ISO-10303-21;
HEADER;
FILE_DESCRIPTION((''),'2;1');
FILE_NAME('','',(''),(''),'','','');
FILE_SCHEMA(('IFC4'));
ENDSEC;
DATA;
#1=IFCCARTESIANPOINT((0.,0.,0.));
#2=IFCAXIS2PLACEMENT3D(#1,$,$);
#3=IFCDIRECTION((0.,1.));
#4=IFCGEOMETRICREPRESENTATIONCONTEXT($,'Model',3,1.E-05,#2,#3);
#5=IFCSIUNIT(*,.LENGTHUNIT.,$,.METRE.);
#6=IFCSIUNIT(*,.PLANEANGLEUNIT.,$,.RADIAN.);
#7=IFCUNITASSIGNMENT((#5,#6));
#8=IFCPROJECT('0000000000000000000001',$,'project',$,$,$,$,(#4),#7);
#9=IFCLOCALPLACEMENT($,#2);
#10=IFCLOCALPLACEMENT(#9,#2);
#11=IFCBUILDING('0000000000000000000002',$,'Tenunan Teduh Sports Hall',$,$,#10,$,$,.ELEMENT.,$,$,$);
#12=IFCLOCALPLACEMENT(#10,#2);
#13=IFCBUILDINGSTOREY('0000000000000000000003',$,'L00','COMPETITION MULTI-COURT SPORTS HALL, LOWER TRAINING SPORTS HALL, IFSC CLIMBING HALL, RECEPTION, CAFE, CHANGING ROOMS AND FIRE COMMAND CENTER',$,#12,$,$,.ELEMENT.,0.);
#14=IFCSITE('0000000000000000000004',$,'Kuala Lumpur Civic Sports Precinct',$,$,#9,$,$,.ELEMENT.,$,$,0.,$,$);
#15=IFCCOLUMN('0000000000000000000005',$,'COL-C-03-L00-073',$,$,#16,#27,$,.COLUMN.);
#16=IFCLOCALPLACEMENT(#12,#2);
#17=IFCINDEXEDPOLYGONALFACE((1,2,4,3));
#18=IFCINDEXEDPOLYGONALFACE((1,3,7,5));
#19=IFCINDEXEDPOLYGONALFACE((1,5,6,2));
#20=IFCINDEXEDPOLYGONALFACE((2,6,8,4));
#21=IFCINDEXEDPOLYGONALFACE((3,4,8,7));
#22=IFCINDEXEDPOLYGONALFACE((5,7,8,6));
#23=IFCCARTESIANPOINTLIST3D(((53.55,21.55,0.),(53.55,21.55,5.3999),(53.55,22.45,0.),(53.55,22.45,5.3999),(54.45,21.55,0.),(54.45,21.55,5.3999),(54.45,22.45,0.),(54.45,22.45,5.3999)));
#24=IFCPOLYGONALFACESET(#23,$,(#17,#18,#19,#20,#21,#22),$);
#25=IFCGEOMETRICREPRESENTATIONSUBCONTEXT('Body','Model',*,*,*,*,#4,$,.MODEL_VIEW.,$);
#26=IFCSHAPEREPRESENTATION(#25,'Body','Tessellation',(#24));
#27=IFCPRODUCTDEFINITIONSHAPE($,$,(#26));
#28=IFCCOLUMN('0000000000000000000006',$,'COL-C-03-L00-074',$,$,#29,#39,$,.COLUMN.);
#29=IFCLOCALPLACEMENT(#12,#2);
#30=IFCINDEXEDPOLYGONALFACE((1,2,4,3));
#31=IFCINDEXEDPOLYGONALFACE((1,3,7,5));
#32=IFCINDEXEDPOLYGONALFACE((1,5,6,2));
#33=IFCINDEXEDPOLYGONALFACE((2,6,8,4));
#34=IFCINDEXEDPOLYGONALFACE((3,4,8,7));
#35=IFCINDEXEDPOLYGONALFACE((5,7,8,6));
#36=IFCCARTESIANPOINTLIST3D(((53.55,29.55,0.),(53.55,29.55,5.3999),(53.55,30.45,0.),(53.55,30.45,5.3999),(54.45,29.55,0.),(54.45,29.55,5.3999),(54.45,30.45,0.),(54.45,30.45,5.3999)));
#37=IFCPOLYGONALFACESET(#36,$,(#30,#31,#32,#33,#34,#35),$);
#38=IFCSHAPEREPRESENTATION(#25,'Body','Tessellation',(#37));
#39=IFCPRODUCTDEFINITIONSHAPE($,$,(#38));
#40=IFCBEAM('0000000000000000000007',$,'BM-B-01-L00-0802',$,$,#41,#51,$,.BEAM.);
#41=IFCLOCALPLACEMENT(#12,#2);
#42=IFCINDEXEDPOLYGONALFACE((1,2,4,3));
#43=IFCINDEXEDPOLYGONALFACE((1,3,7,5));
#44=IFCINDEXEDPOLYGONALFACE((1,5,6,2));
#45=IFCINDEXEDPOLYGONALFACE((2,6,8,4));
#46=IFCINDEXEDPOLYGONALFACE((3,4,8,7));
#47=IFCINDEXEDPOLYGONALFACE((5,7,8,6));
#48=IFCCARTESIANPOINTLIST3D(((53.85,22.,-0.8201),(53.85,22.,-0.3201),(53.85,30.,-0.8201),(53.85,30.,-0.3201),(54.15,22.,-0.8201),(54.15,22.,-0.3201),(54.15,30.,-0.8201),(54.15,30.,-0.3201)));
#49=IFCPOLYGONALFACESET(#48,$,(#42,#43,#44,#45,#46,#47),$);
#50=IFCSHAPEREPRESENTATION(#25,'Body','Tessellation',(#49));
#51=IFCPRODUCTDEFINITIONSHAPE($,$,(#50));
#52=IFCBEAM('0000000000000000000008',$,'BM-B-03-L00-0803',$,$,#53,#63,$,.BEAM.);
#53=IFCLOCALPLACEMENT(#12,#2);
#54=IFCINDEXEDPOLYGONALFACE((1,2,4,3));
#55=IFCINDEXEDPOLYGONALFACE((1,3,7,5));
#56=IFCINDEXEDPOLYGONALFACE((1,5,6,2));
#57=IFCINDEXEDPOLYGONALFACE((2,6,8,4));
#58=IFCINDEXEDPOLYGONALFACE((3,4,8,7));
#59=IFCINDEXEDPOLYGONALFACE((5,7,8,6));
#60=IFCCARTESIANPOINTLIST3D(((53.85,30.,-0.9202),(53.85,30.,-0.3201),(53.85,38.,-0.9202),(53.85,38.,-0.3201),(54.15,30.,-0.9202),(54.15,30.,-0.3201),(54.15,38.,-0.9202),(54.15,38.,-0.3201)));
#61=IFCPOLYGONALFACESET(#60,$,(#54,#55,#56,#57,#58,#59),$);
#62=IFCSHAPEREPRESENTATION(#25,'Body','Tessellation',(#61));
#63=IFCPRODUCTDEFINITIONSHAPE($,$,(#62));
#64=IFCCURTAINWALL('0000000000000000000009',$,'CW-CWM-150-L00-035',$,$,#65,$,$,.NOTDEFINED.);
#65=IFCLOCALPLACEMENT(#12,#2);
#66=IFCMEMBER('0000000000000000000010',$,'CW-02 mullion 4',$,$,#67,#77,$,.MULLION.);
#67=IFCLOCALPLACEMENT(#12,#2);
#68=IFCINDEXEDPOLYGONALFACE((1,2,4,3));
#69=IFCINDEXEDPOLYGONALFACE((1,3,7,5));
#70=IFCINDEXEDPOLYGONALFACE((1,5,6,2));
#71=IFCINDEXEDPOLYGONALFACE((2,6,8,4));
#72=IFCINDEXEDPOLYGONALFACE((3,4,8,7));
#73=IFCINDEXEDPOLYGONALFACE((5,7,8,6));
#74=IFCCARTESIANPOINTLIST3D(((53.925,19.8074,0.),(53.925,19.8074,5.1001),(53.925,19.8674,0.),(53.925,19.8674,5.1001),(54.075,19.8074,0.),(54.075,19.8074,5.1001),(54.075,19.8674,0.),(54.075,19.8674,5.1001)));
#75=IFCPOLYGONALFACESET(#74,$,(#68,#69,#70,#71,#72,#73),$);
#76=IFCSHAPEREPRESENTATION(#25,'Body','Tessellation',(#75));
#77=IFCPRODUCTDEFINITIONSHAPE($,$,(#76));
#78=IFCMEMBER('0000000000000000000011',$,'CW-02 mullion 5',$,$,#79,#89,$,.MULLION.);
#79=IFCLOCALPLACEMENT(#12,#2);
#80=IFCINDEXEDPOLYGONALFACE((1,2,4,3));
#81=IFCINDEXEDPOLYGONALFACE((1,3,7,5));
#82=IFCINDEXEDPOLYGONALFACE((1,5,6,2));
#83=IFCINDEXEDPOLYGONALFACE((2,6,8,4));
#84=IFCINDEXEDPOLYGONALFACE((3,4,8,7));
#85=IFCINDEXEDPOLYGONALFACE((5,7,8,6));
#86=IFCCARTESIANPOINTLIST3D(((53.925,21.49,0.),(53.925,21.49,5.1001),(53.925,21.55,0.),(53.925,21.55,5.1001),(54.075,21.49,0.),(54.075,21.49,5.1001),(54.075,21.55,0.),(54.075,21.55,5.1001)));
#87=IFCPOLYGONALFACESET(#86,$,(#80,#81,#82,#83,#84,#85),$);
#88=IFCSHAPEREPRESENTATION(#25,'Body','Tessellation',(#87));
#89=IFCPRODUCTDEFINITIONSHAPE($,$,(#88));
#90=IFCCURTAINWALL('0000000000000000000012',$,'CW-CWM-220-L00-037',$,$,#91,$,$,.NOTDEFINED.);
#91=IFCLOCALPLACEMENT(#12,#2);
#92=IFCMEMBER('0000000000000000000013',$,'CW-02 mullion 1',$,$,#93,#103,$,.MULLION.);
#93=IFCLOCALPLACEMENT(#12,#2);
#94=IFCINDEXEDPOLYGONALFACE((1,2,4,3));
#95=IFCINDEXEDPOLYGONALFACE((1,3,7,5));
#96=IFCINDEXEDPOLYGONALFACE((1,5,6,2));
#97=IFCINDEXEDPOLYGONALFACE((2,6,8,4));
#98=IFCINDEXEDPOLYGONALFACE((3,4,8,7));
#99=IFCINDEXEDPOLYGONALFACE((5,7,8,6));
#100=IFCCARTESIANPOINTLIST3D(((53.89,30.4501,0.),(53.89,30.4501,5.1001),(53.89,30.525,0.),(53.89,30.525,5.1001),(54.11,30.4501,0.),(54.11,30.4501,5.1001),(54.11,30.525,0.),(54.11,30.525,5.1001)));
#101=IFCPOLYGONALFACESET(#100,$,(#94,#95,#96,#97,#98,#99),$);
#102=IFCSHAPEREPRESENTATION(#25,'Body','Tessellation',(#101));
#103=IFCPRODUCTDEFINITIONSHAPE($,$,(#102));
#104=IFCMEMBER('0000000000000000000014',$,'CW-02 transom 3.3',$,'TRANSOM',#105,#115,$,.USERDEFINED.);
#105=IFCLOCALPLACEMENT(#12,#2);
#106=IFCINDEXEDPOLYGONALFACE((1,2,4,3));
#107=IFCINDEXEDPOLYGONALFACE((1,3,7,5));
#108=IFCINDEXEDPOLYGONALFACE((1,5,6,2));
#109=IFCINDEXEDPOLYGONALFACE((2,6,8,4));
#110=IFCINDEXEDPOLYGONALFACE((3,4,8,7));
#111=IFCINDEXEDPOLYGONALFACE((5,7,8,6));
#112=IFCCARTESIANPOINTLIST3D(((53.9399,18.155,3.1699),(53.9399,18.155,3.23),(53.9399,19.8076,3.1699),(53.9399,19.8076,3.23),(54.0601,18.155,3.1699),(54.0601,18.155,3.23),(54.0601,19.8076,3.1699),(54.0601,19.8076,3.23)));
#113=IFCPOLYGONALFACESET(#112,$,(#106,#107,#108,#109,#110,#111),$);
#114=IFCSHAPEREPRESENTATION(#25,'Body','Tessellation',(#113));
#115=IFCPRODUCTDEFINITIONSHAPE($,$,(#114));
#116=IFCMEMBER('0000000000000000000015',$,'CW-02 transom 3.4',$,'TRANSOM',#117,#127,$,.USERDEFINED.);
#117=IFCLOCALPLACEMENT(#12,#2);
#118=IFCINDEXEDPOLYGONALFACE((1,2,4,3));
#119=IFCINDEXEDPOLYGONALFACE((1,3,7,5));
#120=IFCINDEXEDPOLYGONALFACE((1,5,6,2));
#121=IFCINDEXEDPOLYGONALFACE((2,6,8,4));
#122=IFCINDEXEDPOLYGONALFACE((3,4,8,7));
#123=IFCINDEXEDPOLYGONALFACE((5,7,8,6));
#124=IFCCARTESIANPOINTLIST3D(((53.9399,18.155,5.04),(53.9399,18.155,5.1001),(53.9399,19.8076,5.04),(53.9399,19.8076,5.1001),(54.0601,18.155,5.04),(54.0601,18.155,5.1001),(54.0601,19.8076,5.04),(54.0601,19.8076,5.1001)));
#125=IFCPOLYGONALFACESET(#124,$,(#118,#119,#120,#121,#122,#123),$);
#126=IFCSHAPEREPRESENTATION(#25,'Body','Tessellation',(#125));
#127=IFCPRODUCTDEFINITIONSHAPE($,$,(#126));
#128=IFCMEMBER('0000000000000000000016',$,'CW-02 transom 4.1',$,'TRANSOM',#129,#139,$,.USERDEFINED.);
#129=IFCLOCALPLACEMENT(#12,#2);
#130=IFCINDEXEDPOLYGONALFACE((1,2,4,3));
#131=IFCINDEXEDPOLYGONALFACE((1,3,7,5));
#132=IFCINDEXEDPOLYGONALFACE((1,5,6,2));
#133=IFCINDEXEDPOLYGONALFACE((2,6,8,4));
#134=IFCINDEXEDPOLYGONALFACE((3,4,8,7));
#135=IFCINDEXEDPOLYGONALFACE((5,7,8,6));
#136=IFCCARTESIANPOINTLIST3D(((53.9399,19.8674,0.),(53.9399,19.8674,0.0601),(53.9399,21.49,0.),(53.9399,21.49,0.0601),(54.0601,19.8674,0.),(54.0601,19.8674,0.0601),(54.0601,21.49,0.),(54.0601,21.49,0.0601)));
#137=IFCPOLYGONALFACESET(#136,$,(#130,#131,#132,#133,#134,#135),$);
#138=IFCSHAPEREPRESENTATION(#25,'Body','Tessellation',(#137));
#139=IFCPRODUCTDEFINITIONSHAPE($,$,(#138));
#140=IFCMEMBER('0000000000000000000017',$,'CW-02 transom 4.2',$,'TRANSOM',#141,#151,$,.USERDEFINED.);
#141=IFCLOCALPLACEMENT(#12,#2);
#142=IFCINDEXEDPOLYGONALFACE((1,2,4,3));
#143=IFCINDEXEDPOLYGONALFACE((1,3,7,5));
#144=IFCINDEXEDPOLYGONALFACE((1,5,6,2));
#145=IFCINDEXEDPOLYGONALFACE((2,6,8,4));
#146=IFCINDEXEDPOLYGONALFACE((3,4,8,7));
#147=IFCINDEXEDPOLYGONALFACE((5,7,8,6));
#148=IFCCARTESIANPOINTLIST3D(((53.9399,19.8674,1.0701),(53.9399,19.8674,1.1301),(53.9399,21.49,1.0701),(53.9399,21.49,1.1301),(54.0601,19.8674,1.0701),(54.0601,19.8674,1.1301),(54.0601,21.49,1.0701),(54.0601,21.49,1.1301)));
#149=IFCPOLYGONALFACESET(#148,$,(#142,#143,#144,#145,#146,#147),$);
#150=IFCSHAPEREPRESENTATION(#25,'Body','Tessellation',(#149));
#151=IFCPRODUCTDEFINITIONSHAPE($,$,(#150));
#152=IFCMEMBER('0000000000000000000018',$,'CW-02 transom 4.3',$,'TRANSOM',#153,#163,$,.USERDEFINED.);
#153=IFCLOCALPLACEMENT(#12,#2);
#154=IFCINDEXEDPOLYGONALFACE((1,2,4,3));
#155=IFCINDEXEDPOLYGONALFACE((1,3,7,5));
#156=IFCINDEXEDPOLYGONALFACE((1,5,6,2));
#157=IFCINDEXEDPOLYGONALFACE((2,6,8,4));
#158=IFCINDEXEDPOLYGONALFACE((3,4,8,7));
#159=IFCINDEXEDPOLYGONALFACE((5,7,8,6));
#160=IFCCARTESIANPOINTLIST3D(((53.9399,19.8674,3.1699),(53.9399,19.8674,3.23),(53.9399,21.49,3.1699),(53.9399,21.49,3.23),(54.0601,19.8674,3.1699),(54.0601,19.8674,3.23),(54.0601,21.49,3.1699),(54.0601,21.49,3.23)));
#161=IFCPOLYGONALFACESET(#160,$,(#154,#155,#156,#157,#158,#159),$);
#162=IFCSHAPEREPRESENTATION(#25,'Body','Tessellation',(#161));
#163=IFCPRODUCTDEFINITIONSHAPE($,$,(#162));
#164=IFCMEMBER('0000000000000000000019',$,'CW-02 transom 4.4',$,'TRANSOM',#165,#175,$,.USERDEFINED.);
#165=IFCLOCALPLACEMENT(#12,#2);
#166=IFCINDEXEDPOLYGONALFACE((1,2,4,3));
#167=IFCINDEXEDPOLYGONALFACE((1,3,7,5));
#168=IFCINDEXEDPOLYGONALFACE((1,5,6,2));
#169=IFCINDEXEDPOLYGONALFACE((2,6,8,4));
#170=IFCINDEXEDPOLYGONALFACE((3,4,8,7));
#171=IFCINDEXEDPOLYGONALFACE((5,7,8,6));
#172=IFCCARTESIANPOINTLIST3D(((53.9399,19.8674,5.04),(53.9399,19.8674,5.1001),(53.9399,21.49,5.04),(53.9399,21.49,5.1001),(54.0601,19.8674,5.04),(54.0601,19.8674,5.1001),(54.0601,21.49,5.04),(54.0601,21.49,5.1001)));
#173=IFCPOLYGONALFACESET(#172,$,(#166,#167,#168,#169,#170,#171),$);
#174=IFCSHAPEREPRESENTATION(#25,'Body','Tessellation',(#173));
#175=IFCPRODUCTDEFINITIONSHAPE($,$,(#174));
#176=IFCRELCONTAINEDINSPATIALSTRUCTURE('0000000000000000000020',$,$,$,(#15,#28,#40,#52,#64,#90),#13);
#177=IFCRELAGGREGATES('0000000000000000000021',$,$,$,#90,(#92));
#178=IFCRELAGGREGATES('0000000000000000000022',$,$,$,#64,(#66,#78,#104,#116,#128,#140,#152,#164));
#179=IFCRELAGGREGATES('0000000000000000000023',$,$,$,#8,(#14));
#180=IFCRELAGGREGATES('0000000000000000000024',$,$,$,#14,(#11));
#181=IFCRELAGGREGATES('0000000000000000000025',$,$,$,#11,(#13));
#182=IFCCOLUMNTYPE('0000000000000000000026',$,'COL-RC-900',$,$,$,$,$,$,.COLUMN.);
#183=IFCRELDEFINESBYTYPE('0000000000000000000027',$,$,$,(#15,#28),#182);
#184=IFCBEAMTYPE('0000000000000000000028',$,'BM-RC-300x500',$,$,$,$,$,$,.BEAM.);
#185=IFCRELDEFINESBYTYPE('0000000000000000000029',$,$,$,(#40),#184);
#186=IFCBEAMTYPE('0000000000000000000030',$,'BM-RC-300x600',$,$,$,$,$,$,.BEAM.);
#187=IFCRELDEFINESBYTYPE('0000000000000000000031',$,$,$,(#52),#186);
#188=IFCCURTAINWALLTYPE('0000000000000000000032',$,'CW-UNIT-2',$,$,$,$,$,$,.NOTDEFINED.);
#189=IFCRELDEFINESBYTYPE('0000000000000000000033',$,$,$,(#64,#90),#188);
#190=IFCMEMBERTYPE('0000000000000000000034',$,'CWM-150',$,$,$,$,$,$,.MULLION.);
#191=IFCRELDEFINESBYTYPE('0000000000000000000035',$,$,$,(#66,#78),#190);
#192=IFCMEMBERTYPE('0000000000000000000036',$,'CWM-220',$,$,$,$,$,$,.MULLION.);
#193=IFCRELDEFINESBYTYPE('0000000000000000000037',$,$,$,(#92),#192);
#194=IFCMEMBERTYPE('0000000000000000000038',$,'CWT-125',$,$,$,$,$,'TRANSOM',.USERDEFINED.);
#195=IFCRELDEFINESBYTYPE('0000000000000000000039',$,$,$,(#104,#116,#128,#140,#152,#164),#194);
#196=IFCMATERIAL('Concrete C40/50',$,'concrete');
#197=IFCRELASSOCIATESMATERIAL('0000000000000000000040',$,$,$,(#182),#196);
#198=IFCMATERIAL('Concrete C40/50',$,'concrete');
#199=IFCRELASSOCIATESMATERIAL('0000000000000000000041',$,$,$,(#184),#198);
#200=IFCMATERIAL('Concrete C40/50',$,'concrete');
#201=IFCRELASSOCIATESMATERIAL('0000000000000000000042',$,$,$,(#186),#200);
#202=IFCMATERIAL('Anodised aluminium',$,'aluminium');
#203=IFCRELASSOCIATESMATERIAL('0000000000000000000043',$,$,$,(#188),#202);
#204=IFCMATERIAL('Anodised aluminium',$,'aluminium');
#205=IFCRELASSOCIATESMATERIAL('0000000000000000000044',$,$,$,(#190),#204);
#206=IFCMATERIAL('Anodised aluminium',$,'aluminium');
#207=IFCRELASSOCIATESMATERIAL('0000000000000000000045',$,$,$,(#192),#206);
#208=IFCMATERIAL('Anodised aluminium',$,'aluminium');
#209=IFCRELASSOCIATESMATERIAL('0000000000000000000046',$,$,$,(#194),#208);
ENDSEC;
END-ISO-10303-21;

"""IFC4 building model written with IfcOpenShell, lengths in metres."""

from ifc_helpers import new_model, si_unit, direction, frame, origin, origin_2d, place, context, subcontext, project, spatial, rectangle, extrude, material, material_profile, profile_set, type_object, element, aggregate, save


model = new_model("IFC4")

# Units and contexts
model_context = context("Model", 3, precision=1e-05, world=origin(), true_north=direction((0.0, 1.0)))
body_context = subcontext(model_context, "Body", "Model", "MODEL_VIEW")
ifc_project = project(units=[si_unit("LENGTHUNIT", "METRE"), si_unit("PLANEANGLEUNIT", "RADIAN")], contexts=[model_context])

# Site, building, storey
site_placement = place(None, origin())
site = spatial("IfcSite", under=ifc_project, at=site_placement, Name="Kuala Lumpur Civic Sports Precinct", CompositionType="ELEMENT", RefElevation=0.0)
building_placement = place(site_placement, origin())
building = spatial("IfcBuilding", under=site, at=building_placement, Name="Tenunan Teduh Sports Hall", CompositionType="ELEMENT")
storey_placement = place(building_placement, origin())
storey = spatial("IfcBuildingStorey", under=building, at=storey_placement, Name="L00", Description="COMPETITION MULTI-COURT SPORTS HALL, LOWER TRAINING SPORTS HALL, IFSC CLIMBING HALL, RECEPTION, CAFE, CHANGING ROOMS AND FIRE COMMAND CENTER", CompositionType="ELEMENT", Elevation=0.0)

# Columns
ifc_material_1 = material(Name="Concrete C40/50", Category="concrete")
ifc_material_profile_1 = material_profile(ifc_material_1, rectangle(XDim=0.8999, YDim=0.8999, at=origin_2d()), Name="RC 900x900")
ifc_profile_set_1 = profile_set([ifc_material_profile_1], Name="Concrete C40/50")
column_type = type_object("IfcColumnType", Name="COL-RC-900", PredefinedType="COLUMN", material=ifc_profile_set_1)
for number, where, z_axis, x_axis, name in (
    (1, (54.0, 22.0, 0.0), (0.0, 0.0, 1.0), (1.0, 0.0, 0.0), "COL-C-03-L00-073"),
    (2, (54.0, 30.0, 0.0), (0.0, 0.0, 1.0), (1.0, 0.0, 0.0), "COL-C-03-L00-074"),
):
    element("IfcColumn", number, at=place(storey_placement, frame(where, z_axis=z_axis, x_axis=x_axis)), inside=storey, type_object=column_type, Name=name, PredefinedType="COLUMN", context=body_context, shape_type="SweptSolid", body=[
        extrude(rectangle(XDim=0.8999, YDim=0.8999, at=origin_2d()), origin(), (0.0, 0.0, 1.0), 5.3999),
    ])

# Beams
ifc_material_2 = material(Name="Concrete C40/50", Category="concrete")
ifc_material_profile_2 = material_profile(ifc_material_2, rectangle(XDim=0.3, YDim=0.5, at=origin_2d()), Name="RCB 300x500")
ifc_profile_set_2 = profile_set([ifc_material_profile_2], Name="Concrete C40/50")
beam_type_1 = type_object("IfcBeamType", Name="BM-RC-300x500", PredefinedType="BEAM", material=ifc_profile_set_2)
beam_1_placement = place(storey_placement, frame((54.0, 22.0, -0.5701), z_axis=(0.0, 1.0, 0.0), x_axis=(-1.0, 0.0, 0.0)))
element("IfcBeam", 3, at=beam_1_placement, inside=storey, type_object=beam_type_1, Name="BM-B-01-L00-0802", PredefinedType="BEAM", context=body_context, shape_type="SweptSolid", body=[
    extrude(rectangle(XDim=0.3, YDim=0.5, at=origin_2d()), origin(), (0.0, 0.0, 1.0), 8.0),
])
ifc_material_3 = material(Name="Concrete C40/50", Category="concrete")
ifc_material_profile_3 = material_profile(ifc_material_3, rectangle(XDim=0.3, YDim=0.6001, at=origin_2d()), Name="RCB 300x600")
ifc_profile_set_3 = profile_set([ifc_material_profile_3], Name="Concrete C40/50")
beam_type_2 = type_object("IfcBeamType", Name="BM-RC-300x600", PredefinedType="BEAM", material=ifc_profile_set_3)
beam_2_placement = place(storey_placement, frame((54.0, 30.0, -0.6201), z_axis=(0.0, 1.0, 0.0), x_axis=(-1.0, 0.0, 0.0)))
element("IfcBeam", 4, at=beam_2_placement, inside=storey, type_object=beam_type_2, Name="BM-B-03-L00-0803", PredefinedType="BEAM", context=body_context, shape_type="SweptSolid", body=[
    extrude(rectangle(XDim=0.3, YDim=0.6001, at=origin_2d()), origin(), (0.0, 0.0, 1.0), 8.0),
])

# Curtain wall, members
ifc_material_4 = material(Name="Anodised aluminium", Category="aluminium")
curtain_wall_type = type_object("IfcCurtainWallType", Name="CW-UNIT-2", PredefinedType="NOTDEFINED", material=ifc_material_4)
curtain_wall_1_placement = place(storey_placement, origin())
curtain_wall_1 = element("IfcCurtainWall", 5, at=curtain_wall_1_placement, inside=storey, type_object=curtain_wall_type, Name="CW-CWM-150-L00-035", PredefinedType="NOTDEFINED")
ifc_material_5 = material(Name="Anodised aluminium", Category="aluminium")
ifc_material_profile_4 = material_profile(ifc_material_5, rectangle(XDim=0.0601, YDim=0.1499, at=origin_2d()), Name="CWM 60x150")
ifc_profile_set_4 = profile_set([ifc_material_profile_4], Name="Anodised aluminium")
member_type_1 = type_object("IfcMemberType", Name="CWM-150", PredefinedType="MULLION", material=ifc_profile_set_4)
member_1_placement = place(storey_placement, frame((54.0, 19.8374, 0.0), z_axis=(0.0, 0.0, 1.0), x_axis=(0.0, 1.0, 0.0)))
member_1 = element("IfcMember", 6, at=member_1_placement, type_object=member_type_1, Name="CW-02 mullion 4", PredefinedType="MULLION", context=body_context, shape_type="SweptSolid", body=[
    extrude(rectangle(XDim=0.0601, YDim=0.1499, at=origin_2d()), origin(), (0.0, 0.0, 1.0), 5.1001),
])
member_2_placement = place(storey_placement, frame((54.0, 21.52, 0.0), z_axis=(0.0, 0.0, 1.0), x_axis=(0.0, 1.0, 0.0)))
member_2 = element("IfcMember", 7, at=member_2_placement, type_object=member_type_1, Name="CW-02 mullion 5", PredefinedType="MULLION", context=body_context, shape_type="SweptSolid", body=[
    extrude(rectangle(XDim=0.0601, YDim=0.1499, at=origin_2d()), origin(), (0.0, 0.0, 1.0), 5.1001),
])

# Curtain wall, member
curtain_wall_2_placement = place(storey_placement, origin())
curtain_wall_2 = element("IfcCurtainWall", 8, at=curtain_wall_2_placement, inside=storey, type_object=curtain_wall_type, Name="CW-CWM-220-L00-037", PredefinedType="NOTDEFINED")
ifc_material_6 = material(Name="Anodised aluminium", Category="aluminium")
ifc_material_profile_5 = material_profile(ifc_material_6, rectangle(XDim=0.075, YDim=0.22, at=origin_2d()), Name="CWM 75x220")
ifc_profile_set_5 = profile_set([ifc_material_profile_5], Name="Anodised aluminium")
member_type_2 = type_object("IfcMemberType", Name="CWM-220", PredefinedType="MULLION", material=ifc_profile_set_5)
member_3_placement = place(storey_placement, frame((54.0, 30.4875, 0.0), z_axis=(0.0, 0.0, 1.0), x_axis=(0.0, 1.0, 0.0)))
member_3 = element("IfcMember", 9, at=member_3_placement, type_object=member_type_2, Name="CW-02 mullion 1", PredefinedType="MULLION", context=body_context, shape_type="SweptSolid", body=[
    extrude(rectangle(XDim=0.075, YDim=0.22, at=origin_2d()), origin(), (0.0, 0.0, 1.0), 5.1001),
])

# Members
ifc_material_7 = material(Name="Anodised aluminium", Category="aluminium")
ifc_material_profile_6 = material_profile(ifc_material_7, rectangle(XDim=0.0601, YDim=0.1201, at=origin_2d()), Name="CWT 60x120")
ifc_profile_set_6 = profile_set([ifc_material_profile_6], Name="Anodised aluminium")
member_type_3 = type_object("IfcMemberType", Name="CWT-125", ElementType="TRANSOM", PredefinedType="USERDEFINED", material=ifc_profile_set_6)
member_4_placement = place(storey_placement, frame((54.0, 18.155, 3.2), z_axis=(0.0, 1.0, 0.0), x_axis=(0.0, 0.0, 1.0)))
member_4 = element("IfcMember", 10, at=member_4_placement, type_object=member_type_3, Name="CW-02 transom 3.3", ObjectType="TRANSOM", PredefinedType="USERDEFINED", context=body_context, shape_type="SweptSolid", body=[
    extrude(rectangle(XDim=0.0601, YDim=0.1201, at=origin_2d()), origin(), (0.0, 0.0, 1.0), 1.6526),
])
member_5_placement = place(storey_placement, frame((54.0, 18.155, 5.0701), z_axis=(0.0, 1.0, 0.0), x_axis=(0.0, 0.0, 1.0)))
member_5 = element("IfcMember", 11, at=member_5_placement, type_object=member_type_3, Name="CW-02 transom 3.4", ObjectType="TRANSOM", PredefinedType="USERDEFINED", context=body_context, shape_type="SweptSolid", body=[
    extrude(rectangle(XDim=0.0601, YDim=0.1201, at=origin_2d()), origin(), (0.0, 0.0, 1.0), 1.6526),
])
member_6_placement = place(storey_placement, frame((54.0, 19.8674, 0.03), z_axis=(0.0, 1.0, 0.0), x_axis=(0.0, 0.0, 1.0)))
member_6 = element("IfcMember", 12, at=member_6_placement, type_object=member_type_3, Name="CW-02 transom 4.1", ObjectType="TRANSOM", PredefinedType="USERDEFINED", context=body_context, shape_type="SweptSolid", body=[
    extrude(rectangle(XDim=0.0601, YDim=0.1201, at=origin_2d()), origin(), (0.0, 0.0, 1.0), 1.6226),
])
member_7_placement = place(storey_placement, frame((54.0, 19.8674, 1.1001), z_axis=(0.0, 1.0, 0.0), x_axis=(0.0, 0.0, 1.0)))
member_7 = element("IfcMember", 13, at=member_7_placement, type_object=member_type_3, Name="CW-02 transom 4.2", ObjectType="TRANSOM", PredefinedType="USERDEFINED", context=body_context, shape_type="SweptSolid", body=[
    extrude(rectangle(XDim=0.0601, YDim=0.1201, at=origin_2d()), origin(), (0.0, 0.0, 1.0), 1.6226),
])
member_8_placement = place(storey_placement, frame((54.0, 19.8674, 3.2), z_axis=(0.0, 1.0, 0.0), x_axis=(0.0, 0.0, 1.0)))
member_8 = element("IfcMember", 14, at=member_8_placement, type_object=member_type_3, Name="CW-02 transom 4.3", ObjectType="TRANSOM", PredefinedType="USERDEFINED", context=body_context, shape_type="SweptSolid", body=[
    extrude(rectangle(XDim=0.0601, YDim=0.1201, at=origin_2d()), origin(), (0.0, 0.0, 1.0), 1.6226),
])
member_9_placement = place(storey_placement, frame((54.0, 19.8674, 5.0701), z_axis=(0.0, 1.0, 0.0), x_axis=(0.0, 0.0, 1.0)))
member_9 = element("IfcMember", 15, at=member_9_placement, type_object=member_type_3, Name="CW-02 transom 4.4", ObjectType="TRANSOM", PredefinedType="USERDEFINED", context=body_context, shape_type="SweptSolid", body=[
    extrude(rectangle(XDim=0.0601, YDim=0.1201, at=origin_2d()), origin(), (0.0, 0.0, 1.0), 1.6226),
])
aggregate(curtain_wall_2, [member_3])

aggregate(curtain_wall_1, [member_1, member_2, member_4, member_5, member_6, member_7, member_8, member_9])

save(model, "model.ifc")
